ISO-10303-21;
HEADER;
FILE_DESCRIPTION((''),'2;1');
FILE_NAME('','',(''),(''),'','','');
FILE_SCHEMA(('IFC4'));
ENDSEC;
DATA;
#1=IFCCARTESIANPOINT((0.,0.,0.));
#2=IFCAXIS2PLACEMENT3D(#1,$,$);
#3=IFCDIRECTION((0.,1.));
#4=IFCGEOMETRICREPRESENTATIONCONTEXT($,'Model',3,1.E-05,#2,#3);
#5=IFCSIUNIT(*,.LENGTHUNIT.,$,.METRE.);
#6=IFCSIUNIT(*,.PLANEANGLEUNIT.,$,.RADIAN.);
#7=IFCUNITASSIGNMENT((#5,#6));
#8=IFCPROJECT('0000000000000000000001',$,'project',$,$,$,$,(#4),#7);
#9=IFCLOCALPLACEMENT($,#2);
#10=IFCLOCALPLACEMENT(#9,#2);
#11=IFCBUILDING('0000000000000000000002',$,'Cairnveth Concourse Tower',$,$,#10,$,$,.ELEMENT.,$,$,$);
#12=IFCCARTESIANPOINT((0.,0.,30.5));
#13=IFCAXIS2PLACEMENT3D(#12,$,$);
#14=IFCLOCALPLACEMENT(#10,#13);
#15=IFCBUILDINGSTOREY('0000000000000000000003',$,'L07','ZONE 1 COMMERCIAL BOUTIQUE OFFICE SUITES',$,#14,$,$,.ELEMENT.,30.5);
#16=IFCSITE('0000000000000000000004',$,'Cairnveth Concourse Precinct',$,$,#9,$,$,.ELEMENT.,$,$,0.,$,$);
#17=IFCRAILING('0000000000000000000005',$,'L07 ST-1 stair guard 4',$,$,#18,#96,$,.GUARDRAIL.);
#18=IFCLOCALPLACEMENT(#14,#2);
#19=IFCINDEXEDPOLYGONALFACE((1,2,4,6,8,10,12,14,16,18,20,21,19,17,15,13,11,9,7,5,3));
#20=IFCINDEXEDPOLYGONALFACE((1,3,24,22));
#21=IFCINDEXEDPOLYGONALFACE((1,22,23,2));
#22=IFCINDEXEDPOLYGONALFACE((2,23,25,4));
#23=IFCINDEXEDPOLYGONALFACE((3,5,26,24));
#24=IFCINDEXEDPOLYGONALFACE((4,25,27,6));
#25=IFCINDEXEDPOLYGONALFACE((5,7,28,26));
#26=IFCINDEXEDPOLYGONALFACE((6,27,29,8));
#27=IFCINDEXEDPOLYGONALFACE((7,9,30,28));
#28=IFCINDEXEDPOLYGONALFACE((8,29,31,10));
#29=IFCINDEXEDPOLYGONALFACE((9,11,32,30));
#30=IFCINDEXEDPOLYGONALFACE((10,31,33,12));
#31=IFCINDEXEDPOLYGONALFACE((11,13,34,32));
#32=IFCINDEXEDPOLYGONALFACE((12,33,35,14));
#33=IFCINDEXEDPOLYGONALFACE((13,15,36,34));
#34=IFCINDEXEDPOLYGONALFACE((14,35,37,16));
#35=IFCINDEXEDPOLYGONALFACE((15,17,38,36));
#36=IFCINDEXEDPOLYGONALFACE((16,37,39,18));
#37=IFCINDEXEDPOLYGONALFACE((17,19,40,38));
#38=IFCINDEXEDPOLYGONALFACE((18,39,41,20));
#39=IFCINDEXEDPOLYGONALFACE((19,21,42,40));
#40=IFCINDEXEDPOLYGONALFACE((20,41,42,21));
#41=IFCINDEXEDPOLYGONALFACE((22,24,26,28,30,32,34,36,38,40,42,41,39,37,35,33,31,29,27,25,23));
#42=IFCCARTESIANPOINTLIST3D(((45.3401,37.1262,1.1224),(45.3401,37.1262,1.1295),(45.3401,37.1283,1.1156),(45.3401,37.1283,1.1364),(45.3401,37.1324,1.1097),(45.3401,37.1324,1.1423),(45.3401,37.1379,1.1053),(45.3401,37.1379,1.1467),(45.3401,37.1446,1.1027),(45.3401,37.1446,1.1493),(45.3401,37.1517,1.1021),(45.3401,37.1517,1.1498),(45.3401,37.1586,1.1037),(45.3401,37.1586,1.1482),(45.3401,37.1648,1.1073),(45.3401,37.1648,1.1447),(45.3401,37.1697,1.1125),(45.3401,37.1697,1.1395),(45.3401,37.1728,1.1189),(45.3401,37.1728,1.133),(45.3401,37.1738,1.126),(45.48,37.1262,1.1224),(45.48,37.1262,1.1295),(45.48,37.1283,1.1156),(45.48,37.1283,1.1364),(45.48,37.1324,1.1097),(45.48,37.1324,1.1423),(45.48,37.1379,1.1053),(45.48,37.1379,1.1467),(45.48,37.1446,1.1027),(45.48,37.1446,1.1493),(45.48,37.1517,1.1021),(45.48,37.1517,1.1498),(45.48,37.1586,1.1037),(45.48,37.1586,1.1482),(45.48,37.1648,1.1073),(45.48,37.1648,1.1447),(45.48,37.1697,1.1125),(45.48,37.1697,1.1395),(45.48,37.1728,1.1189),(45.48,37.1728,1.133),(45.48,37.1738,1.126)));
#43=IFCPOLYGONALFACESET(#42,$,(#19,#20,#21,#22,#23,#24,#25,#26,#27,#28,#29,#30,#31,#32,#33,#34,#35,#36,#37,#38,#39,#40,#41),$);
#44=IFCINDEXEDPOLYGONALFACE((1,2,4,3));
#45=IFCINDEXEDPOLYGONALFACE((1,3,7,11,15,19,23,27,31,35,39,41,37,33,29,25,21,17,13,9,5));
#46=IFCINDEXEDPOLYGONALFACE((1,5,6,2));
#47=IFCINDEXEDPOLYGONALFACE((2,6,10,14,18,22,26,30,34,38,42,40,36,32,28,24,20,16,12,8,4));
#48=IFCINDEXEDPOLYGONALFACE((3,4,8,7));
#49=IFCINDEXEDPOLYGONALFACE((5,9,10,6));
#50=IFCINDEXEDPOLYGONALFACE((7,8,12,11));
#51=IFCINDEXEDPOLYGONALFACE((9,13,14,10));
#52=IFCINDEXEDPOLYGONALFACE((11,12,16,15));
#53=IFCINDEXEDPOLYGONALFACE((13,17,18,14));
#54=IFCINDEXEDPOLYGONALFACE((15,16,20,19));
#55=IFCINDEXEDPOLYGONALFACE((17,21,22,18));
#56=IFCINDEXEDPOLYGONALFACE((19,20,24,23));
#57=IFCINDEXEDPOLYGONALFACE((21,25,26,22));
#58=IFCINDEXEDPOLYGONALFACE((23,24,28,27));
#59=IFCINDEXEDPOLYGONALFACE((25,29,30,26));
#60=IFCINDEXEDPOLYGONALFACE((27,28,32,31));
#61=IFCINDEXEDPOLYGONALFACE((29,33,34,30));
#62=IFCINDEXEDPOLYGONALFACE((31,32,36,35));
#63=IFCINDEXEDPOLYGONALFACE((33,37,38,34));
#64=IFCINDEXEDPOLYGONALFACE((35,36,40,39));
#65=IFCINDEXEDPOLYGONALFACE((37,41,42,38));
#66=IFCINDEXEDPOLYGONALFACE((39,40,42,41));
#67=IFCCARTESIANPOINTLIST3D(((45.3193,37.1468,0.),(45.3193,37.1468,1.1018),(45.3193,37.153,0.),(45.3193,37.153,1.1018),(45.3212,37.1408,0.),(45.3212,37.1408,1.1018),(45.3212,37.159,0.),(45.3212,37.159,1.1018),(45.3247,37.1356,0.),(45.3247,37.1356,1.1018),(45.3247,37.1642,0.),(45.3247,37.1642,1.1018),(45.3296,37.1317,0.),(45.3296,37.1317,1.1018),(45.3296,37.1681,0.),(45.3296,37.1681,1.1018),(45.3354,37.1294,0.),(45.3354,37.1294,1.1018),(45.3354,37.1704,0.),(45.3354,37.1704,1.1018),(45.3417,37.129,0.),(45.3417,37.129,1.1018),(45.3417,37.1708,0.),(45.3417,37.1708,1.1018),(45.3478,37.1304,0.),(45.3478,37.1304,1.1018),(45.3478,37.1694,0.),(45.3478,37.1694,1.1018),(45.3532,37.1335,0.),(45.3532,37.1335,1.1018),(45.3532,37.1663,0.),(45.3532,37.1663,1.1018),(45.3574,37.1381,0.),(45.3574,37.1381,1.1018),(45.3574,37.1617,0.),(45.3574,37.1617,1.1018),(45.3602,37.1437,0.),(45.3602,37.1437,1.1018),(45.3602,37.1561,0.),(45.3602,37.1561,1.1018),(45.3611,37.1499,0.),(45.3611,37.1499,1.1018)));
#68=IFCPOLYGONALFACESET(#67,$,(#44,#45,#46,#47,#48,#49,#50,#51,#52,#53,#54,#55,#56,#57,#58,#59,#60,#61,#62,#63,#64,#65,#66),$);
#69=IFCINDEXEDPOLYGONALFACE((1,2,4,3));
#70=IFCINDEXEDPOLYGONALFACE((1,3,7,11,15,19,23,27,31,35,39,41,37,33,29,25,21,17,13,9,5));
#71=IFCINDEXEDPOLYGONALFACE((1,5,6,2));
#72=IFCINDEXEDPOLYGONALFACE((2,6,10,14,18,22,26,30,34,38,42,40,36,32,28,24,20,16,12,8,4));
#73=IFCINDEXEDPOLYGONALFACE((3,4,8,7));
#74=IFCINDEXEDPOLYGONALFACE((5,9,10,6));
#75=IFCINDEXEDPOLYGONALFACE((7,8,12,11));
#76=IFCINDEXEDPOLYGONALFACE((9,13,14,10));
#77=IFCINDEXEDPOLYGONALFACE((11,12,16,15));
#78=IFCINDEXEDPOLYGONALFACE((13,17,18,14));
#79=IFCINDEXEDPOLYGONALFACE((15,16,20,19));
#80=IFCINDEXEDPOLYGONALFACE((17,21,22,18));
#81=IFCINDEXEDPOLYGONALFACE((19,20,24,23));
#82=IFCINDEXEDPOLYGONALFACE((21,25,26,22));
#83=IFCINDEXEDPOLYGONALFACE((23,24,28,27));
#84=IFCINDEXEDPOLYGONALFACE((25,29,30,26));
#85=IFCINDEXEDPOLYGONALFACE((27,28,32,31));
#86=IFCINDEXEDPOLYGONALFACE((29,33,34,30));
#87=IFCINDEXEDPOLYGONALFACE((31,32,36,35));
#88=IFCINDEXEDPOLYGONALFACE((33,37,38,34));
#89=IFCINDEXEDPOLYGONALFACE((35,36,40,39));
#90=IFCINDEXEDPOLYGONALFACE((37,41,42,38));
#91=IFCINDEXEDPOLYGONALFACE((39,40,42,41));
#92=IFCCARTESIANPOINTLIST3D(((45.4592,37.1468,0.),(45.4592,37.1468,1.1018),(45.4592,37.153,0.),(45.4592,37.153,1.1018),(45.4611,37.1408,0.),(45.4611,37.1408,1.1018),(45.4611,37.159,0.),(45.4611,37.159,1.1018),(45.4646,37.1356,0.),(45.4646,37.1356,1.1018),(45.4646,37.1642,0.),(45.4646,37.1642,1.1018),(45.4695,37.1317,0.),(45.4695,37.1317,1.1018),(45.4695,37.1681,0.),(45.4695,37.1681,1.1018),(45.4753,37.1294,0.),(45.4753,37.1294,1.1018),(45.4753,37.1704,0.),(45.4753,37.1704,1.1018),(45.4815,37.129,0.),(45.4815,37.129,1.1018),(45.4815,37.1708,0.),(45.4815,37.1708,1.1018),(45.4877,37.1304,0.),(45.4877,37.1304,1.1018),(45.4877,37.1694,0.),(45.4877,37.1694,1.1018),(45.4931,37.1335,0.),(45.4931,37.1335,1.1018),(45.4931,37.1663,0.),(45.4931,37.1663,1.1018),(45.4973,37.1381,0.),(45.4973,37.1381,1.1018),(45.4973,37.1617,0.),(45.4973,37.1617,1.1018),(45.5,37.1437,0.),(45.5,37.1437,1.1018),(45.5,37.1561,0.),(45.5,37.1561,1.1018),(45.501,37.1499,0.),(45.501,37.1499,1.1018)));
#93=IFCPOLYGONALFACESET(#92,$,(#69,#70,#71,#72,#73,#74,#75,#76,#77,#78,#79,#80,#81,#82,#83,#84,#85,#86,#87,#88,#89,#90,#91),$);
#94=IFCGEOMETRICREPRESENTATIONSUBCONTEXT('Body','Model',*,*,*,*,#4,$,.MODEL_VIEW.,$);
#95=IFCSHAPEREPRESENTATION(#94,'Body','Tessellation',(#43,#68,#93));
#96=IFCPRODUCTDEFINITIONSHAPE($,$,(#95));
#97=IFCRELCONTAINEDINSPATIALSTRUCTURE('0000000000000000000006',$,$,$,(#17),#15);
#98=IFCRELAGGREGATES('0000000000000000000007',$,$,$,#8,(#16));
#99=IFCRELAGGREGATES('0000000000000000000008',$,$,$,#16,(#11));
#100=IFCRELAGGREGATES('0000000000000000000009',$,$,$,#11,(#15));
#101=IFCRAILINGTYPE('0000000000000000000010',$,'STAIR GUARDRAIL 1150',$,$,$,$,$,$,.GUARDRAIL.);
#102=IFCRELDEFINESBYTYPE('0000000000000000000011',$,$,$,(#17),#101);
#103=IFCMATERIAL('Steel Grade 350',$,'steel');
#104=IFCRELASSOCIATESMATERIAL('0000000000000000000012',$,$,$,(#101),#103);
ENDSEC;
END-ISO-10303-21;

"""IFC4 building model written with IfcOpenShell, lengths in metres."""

from ifc_helpers import new_model, si_unit, direction, frame, origin, origin_2d, place, context, subcontext, project, spatial, circle, extrude, material, type_object, element, save


model = new_model("IFC4")

# Units and contexts
model_context = context("Model", 3, precision=1e-05, world=origin(), true_north=direction((0.0, 1.0)))
body_context = subcontext(model_context, "Body", "Model", "MODEL_VIEW")
ifc_project = project(units=[si_unit("LENGTHUNIT", "METRE"), si_unit("PLANEANGLEUNIT", "RADIAN")], contexts=[model_context])

# Site, building, storey
site_placement = place(None, origin())
site = spatial("IfcSite", under=ifc_project, at=site_placement, Name="Cairnveth Concourse Precinct", CompositionType="ELEMENT", RefElevation=0.0)
building_placement = place(site_placement, origin())
building = spatial("IfcBuilding", under=site, at=building_placement, Name="Cairnveth Concourse Tower", CompositionType="ELEMENT")
storey_placement = place(building_placement, frame((0.0, 0.0, 30.5)))
storey = spatial("IfcBuildingStorey", under=building, at=storey_placement, Name="L07", Description="ZONE 1 COMMERCIAL BOUTIQUE OFFICE SUITES", CompositionType="ELEMENT", Elevation=30.5)

# Shared definitions
ifc_material_1 = material(Name="Steel Grade 350", Category="steel")

# Railing
railing_type_1 = type_object("IfcRailingType", Name="STAIR GUARDRAIL 1150", PredefinedType="GUARDRAIL", material=ifc_material_1)
railing_1_placement = place(storey_placement, frame((45.3401, 37.1499, 0.0)))
element("IfcRailing", 1, at=railing_1_placement, inside=storey, type_object=railing_type_1, Name="L07 ST-1 stair guard 4", PredefinedType="GUARDRAIL", context=body_context, shape_type="SweptSolid", body=[
    extrude(circle(Radius=0.0239, at=origin_2d()), frame((0.0, 0.0, 1.126), z_axis=(1.0, 0.0, 0.0), x_axis=(0.0, 1.0, 0.0)), (0.0, 0.0, 1.0), 0.1399),
    extrude(circle(Radius=0.021, at=origin_2d()), origin(), (0.0, 0.0, 1.0), 1.1018),
    extrude(circle(Radius=0.021, at=origin_2d()), frame((0.1399, 0.0, 0.0)), (0.0, 0.0, 1.0), 1.1018),
])

save(model, "model.ifc")
